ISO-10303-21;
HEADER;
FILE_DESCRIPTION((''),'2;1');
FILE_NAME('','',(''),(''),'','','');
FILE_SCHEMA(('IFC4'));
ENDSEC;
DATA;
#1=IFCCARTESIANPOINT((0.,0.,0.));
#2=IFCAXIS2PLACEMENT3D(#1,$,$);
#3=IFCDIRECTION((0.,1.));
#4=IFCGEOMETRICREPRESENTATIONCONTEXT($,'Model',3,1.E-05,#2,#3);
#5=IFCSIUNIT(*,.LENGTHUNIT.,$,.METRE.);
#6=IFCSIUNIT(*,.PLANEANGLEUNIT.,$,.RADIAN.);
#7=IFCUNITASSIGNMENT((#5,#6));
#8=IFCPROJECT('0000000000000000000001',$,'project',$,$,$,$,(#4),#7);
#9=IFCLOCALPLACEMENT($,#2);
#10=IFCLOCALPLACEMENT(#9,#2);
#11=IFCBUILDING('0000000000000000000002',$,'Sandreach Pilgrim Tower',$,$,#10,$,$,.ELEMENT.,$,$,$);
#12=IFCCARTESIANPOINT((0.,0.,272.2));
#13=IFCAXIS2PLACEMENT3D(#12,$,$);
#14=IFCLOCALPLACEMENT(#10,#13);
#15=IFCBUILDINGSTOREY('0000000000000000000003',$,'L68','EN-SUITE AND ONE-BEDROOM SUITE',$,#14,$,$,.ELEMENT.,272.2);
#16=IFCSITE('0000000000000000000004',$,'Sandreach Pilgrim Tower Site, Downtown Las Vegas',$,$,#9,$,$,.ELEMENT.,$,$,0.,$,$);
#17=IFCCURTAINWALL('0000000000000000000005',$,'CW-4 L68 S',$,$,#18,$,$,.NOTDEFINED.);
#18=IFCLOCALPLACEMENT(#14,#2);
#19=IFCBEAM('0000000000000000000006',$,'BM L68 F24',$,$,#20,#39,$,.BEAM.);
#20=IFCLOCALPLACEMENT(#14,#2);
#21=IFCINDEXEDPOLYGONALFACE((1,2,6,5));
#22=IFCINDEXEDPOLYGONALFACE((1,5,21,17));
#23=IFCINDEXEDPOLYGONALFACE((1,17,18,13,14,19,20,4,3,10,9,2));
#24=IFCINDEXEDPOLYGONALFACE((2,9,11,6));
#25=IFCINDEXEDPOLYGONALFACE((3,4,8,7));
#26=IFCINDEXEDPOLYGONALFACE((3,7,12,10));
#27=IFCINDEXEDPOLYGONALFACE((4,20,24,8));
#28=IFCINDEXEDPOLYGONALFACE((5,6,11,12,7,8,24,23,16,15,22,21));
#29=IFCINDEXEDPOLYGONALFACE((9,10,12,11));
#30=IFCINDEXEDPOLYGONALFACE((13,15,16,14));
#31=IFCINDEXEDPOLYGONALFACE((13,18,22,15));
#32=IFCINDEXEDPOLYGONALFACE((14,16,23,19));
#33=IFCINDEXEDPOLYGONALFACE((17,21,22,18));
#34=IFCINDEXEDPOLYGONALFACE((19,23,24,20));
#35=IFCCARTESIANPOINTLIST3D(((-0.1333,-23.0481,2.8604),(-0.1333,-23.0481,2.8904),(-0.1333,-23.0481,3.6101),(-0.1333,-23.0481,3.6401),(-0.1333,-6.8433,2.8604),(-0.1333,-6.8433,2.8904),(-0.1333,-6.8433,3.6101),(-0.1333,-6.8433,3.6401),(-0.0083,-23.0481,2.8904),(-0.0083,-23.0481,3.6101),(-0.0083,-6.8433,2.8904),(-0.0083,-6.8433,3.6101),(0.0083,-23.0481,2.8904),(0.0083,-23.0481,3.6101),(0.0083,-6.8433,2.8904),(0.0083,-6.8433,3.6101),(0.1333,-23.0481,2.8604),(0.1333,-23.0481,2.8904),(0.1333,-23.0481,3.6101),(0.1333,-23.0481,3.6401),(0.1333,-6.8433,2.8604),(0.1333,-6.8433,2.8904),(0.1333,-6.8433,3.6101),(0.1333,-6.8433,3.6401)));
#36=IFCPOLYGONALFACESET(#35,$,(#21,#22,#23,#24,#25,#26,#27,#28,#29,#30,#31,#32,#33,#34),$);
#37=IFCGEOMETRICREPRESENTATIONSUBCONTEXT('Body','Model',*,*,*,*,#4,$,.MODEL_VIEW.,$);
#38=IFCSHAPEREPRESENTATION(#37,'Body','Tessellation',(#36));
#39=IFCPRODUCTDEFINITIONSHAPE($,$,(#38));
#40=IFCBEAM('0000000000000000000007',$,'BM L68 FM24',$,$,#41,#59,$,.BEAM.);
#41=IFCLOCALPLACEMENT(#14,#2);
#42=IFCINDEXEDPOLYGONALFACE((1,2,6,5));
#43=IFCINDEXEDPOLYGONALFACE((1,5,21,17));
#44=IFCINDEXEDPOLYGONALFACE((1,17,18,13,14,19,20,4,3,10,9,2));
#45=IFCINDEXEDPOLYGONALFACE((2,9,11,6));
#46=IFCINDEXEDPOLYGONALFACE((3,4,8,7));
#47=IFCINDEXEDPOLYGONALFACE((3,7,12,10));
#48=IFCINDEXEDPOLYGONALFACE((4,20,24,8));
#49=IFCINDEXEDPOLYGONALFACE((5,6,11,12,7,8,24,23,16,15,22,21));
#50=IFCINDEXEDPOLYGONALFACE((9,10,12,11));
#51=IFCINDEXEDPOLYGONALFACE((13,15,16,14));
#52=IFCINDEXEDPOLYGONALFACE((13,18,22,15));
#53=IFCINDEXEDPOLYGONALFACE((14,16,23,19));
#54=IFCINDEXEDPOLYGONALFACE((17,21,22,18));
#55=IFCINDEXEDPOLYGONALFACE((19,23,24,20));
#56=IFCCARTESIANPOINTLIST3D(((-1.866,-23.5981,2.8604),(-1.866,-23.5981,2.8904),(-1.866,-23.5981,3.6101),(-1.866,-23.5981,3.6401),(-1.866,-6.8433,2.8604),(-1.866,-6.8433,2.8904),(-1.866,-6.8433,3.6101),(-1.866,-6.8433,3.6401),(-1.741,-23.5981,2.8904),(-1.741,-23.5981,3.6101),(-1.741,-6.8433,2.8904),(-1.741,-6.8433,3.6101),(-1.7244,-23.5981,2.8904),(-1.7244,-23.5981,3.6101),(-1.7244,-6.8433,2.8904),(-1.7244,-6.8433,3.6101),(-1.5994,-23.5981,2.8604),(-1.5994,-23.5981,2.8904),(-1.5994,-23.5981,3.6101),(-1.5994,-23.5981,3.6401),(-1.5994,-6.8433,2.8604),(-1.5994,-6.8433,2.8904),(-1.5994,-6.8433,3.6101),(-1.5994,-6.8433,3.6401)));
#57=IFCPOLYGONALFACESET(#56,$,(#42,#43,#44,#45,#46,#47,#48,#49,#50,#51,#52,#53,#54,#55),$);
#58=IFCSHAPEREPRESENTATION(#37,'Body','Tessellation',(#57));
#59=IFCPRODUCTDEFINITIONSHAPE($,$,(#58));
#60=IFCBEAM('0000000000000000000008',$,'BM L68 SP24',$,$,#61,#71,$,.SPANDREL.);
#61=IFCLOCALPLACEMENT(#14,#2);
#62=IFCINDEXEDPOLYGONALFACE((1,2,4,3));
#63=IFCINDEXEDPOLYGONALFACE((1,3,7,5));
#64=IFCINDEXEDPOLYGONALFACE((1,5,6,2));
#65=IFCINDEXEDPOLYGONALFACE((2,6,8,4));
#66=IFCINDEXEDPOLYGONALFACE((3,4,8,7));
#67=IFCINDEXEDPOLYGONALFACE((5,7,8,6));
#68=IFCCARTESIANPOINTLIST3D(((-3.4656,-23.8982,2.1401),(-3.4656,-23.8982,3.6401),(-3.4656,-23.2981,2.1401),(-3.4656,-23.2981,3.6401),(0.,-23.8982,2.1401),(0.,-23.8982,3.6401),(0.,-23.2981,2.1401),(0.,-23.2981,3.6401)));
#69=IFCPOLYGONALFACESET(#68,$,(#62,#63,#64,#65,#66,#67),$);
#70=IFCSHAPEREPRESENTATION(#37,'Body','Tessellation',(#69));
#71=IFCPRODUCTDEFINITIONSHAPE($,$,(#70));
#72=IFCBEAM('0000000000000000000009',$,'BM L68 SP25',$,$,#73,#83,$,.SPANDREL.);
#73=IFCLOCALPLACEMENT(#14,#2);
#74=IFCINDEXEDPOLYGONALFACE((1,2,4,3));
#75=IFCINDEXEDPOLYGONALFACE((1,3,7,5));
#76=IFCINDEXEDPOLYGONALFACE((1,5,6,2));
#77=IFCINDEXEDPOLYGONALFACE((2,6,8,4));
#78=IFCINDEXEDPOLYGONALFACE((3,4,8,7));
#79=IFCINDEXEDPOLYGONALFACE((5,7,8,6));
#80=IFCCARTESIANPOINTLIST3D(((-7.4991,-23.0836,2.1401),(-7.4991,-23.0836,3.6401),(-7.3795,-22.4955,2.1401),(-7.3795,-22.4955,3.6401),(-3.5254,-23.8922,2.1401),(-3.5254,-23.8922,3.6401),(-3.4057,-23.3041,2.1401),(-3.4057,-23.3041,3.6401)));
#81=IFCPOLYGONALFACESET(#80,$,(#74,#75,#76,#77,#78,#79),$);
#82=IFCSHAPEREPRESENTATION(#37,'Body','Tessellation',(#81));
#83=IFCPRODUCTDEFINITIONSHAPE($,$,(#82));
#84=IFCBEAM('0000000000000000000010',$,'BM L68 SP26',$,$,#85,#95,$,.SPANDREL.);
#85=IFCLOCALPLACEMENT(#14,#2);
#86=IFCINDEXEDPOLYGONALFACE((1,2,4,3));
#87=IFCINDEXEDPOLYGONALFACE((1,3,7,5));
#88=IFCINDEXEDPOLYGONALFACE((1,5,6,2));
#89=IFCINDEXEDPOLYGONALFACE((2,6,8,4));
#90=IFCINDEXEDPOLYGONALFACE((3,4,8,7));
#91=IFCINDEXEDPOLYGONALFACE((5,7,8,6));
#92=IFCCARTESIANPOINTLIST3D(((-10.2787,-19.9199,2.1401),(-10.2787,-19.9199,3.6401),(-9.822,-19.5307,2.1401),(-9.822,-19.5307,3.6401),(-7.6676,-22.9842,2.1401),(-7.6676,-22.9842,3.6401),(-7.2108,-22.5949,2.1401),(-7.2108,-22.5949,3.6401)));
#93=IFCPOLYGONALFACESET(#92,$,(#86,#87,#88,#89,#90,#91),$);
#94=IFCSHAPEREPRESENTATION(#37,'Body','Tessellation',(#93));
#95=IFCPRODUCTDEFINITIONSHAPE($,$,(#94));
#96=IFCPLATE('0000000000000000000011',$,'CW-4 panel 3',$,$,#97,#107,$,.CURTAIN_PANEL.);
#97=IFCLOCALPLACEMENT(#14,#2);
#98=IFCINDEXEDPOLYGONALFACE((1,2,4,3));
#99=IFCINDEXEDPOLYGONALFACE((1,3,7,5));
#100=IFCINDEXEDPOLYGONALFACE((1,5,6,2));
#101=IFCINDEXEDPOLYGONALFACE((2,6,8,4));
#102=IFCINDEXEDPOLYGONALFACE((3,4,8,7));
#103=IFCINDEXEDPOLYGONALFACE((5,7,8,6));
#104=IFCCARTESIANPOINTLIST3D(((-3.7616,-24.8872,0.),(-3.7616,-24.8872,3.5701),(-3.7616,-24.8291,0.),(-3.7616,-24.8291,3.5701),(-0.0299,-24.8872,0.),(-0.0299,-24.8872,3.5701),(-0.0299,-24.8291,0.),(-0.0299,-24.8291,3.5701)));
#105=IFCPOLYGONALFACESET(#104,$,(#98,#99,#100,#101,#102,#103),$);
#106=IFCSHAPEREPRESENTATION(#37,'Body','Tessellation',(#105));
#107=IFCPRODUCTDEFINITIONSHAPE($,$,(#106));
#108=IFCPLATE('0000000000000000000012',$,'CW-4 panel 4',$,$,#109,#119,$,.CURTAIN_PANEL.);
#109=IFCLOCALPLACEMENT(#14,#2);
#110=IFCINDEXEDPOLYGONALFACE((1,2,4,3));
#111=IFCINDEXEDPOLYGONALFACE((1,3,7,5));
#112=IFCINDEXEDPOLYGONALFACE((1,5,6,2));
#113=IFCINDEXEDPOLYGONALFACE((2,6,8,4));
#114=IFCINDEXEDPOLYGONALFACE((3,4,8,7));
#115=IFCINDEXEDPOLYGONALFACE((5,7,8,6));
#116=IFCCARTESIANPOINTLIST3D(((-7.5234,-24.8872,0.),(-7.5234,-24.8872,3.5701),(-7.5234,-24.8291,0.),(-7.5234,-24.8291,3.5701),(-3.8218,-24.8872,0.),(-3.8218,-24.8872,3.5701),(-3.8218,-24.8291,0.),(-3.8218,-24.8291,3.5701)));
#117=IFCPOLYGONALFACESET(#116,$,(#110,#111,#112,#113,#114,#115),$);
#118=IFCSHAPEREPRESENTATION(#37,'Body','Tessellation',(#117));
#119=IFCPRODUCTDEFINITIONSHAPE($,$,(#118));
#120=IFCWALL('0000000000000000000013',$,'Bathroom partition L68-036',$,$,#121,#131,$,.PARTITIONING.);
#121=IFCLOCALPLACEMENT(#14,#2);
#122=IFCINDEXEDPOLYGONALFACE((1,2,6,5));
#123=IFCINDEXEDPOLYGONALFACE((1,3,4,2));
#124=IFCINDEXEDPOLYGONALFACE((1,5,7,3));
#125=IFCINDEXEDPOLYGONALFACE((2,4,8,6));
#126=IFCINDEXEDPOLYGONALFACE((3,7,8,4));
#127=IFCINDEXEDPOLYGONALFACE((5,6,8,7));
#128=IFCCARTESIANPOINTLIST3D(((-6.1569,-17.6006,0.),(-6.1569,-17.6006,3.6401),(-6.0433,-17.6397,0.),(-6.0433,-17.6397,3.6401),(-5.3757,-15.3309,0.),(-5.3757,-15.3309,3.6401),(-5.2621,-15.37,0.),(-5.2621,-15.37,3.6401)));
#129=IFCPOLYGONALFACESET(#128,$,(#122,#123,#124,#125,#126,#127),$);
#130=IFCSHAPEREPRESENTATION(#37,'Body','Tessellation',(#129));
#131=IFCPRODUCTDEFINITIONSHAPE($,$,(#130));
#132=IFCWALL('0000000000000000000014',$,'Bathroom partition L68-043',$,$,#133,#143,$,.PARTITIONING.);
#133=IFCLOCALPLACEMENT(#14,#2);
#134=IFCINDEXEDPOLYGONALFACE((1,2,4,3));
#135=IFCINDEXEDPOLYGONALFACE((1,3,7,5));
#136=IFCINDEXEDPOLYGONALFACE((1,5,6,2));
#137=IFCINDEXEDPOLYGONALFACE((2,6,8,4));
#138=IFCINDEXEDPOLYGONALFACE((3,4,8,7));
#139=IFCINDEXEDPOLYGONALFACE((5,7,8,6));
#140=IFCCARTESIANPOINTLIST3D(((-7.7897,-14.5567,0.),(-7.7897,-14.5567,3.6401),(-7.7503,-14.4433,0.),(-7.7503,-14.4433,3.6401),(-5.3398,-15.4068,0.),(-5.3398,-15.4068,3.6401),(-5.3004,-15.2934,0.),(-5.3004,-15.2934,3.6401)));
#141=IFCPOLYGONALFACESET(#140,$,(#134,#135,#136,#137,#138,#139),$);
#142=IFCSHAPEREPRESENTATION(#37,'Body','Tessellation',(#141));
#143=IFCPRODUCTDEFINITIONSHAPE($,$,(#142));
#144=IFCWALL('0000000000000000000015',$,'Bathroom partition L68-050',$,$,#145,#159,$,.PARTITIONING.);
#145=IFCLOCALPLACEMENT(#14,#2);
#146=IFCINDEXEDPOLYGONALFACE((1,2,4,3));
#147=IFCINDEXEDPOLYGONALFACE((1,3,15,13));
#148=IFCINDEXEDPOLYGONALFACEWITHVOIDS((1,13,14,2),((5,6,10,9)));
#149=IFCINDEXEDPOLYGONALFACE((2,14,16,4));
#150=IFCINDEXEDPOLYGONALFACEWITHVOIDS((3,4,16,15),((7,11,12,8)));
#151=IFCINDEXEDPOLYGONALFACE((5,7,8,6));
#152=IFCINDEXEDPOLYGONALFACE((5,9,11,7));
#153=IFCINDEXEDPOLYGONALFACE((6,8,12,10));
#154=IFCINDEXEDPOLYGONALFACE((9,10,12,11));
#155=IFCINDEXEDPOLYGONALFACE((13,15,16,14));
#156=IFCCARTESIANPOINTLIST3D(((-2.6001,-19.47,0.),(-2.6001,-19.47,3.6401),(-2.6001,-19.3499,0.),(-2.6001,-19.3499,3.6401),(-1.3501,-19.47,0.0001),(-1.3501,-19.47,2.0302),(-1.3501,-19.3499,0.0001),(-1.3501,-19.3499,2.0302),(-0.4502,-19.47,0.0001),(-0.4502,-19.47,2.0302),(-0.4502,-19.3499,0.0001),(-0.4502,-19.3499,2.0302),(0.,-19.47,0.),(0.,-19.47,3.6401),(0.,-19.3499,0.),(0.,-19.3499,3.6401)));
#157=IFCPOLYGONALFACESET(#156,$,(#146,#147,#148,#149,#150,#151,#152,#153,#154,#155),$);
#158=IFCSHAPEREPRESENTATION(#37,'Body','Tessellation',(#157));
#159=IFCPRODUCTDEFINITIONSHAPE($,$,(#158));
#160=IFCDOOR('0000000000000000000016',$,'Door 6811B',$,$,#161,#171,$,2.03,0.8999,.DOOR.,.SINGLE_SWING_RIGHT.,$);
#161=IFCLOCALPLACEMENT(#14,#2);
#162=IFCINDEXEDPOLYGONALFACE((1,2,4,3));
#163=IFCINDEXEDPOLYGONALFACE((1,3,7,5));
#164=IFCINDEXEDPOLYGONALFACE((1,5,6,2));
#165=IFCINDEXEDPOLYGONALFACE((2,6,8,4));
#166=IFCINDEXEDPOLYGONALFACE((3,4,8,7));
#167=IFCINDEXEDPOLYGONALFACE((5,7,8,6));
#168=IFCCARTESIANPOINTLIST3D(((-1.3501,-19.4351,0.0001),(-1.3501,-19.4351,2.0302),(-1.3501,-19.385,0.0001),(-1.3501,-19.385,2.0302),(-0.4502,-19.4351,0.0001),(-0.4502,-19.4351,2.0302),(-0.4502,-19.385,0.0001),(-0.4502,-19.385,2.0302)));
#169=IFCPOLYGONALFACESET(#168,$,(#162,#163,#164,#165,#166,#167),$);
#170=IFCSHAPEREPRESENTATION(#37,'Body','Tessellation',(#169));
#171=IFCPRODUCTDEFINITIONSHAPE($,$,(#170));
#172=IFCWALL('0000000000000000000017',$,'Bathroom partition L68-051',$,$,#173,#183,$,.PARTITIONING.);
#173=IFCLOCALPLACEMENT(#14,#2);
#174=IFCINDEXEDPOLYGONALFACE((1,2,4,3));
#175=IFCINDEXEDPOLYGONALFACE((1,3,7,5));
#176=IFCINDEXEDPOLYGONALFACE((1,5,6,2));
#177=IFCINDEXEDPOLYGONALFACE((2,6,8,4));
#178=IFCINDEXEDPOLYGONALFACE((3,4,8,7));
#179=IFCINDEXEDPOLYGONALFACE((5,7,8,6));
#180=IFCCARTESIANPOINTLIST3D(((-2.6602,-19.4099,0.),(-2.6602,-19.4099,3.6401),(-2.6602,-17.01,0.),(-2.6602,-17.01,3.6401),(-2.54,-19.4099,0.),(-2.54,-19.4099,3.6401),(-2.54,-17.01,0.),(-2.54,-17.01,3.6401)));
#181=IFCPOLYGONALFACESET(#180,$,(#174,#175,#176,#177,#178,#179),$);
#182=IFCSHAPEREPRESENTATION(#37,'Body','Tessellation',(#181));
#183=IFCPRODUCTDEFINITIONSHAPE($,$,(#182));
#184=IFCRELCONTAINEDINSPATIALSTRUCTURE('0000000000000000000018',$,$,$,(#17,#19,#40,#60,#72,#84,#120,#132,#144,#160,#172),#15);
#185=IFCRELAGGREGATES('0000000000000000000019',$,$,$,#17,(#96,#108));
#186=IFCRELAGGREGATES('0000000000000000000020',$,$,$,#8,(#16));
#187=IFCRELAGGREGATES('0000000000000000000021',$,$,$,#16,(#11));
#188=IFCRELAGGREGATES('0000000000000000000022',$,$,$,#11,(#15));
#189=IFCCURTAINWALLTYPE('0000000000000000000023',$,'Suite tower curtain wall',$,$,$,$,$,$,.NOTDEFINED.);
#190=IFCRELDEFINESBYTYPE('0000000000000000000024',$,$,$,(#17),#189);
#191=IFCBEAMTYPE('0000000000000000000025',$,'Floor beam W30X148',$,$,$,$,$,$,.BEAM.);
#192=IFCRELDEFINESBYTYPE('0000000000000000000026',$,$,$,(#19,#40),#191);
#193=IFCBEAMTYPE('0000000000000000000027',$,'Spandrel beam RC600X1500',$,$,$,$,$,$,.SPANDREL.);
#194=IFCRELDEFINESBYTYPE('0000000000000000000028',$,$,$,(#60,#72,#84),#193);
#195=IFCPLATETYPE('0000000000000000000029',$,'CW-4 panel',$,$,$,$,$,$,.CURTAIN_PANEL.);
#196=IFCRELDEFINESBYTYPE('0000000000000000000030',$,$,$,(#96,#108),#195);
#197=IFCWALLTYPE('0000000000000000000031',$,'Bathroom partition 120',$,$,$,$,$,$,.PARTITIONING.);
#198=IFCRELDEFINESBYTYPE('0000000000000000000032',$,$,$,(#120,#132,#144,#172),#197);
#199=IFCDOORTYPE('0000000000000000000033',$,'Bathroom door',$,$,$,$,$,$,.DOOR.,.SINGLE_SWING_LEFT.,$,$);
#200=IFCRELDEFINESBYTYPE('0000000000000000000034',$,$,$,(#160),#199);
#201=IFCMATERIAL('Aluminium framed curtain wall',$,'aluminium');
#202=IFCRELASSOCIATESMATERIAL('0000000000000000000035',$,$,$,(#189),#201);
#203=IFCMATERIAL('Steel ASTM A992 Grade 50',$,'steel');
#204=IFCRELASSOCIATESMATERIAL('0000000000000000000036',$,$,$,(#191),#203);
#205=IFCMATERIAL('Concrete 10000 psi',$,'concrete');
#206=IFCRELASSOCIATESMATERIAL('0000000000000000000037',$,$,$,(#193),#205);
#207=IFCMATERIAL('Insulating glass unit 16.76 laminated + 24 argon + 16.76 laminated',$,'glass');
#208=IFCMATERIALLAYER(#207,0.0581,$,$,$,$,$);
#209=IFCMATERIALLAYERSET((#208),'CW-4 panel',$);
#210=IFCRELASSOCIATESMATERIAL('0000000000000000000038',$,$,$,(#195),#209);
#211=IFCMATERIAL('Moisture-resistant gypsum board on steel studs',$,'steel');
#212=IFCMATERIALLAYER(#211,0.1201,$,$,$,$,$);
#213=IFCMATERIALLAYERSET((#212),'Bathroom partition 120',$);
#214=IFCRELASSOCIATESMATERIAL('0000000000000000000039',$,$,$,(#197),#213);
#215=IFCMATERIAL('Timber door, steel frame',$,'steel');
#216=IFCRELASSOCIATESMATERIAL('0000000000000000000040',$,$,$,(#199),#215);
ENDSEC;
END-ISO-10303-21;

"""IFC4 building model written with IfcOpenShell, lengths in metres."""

from ifc_helpers import new_model, si_unit, direction, frame, frame_2d, origin, origin_2d, place, context, subcontext, project, spatial, rectangle, i_section, extrude, material, layer, layer_set, material_profile, profile_set, type_object, element, fill, aggregate, save


model = new_model("IFC4")

# Units and contexts
model_context = context("Model", 3, precision=1e-05, world=origin(), true_north=direction((0.0, 1.0)))
body_context = subcontext(model_context, "Body", "Model", "MODEL_VIEW")
ifc_project = project(units=[si_unit("LENGTHUNIT", "METRE"), si_unit("PLANEANGLEUNIT", "RADIAN")], contexts=[model_context])

# Site, building, storey
site_placement = place(None, origin())
site = spatial("IfcSite", under=ifc_project, at=site_placement, Name="Sandreach Pilgrim Tower Site, Downtown Las Vegas", CompositionType="ELEMENT", RefElevation=0.0)
building_placement = place(site_placement, origin())
building = spatial("IfcBuilding", under=site, at=building_placement, Name="Sandreach Pilgrim Tower", CompositionType="ELEMENT")
storey_placement = place(building_placement, frame((0.0, 0.0, 272.2)))
storey = spatial("IfcBuildingStorey", under=building, at=storey_placement, Name="L68", Description="EN-SUITE AND ONE-BEDROOM SUITE", CompositionType="ELEMENT", Elevation=272.2)

# Curtain wall
ifc_material_1 = material(Name="Aluminium framed curtain wall", Category="aluminium")
curtain_wall_type = type_object("IfcCurtainWallType", Name="Suite tower curtain wall", PredefinedType="NOTDEFINED", material=ifc_material_1)
curtain_wall_placement = place(storey_placement, origin())
curtain_wall = element("IfcCurtainWall", 1, at=curtain_wall_placement, inside=storey, type_object=curtain_wall_type, Name="CW-4 L68 S", PredefinedType="NOTDEFINED")

# Beams
ifc_material_2 = material(Name="Steel ASTM A992 Grade 50", Category="steel")
ifc_material_profile_1 = material_profile(ifc_material_2, i_section(OverallWidth=0.2666, OverallDepth=0.7798, WebThickness=0.0166, FlangeThickness=0.03, at=origin_2d()), Name="W30X148")
ifc_profile_set_1 = profile_set([ifc_material_profile_1], Name="Steel ASTM A992 Grade 50")
beam_type_1 = type_object("IfcBeamType", Name="Floor beam W30X148", PredefinedType="BEAM", material=ifc_profile_set_1)
beam_1_placement = place(storey_placement, frame((0.0, -23.0481, 3.2502), z_axis=(0.0, 1.0, 0.0), x_axis=(-1.0, 0.0, 0.0)))
element("IfcBeam", 2, at=beam_1_placement, inside=storey, type_object=beam_type_1, Name="BM L68 F24", PredefinedType="BEAM", context=body_context, shape_type="SweptSolid", body=[
    extrude(i_section(OverallWidth=0.2666, OverallDepth=0.7798, WebThickness=0.0166, FlangeThickness=0.03, at=origin_2d()), origin(), (0.0, 0.0, 1.0), 16.2048),
])
beam_2_placement = place(storey_placement, frame((-1.7327, -23.5981, 3.2502), z_axis=(0.0, 1.0, 0.0), x_axis=(-1.0, 0.0, 0.0)))
element("IfcBeam", 3, at=beam_2_placement, inside=storey, type_object=beam_type_1, Name="BM L68 FM24", PredefinedType="BEAM", context=body_context, shape_type="SweptSolid", body=[
    extrude(i_section(OverallWidth=0.2666, OverallDepth=0.7798, WebThickness=0.0166, FlangeThickness=0.03, at=origin_2d()), origin(), (0.0, 0.0, 1.0), 16.7549),
])
ifc_material_3 = material(Name="Concrete 10000 psi", Category="concrete")
ifc_material_profile_2 = material_profile(ifc_material_3, rectangle(XDim=0.6001, YDim=1.5, at=origin_2d()), Name="RC600X1500")
ifc_profile_set_2 = profile_set([ifc_material_profile_2], Name="Concrete 10000 psi")
beam_type_2 = type_object("IfcBeamType", Name="Spandrel beam RC600X1500", PredefinedType="SPANDREL", material=ifc_profile_set_2)
beam_3_placement = place(storey_placement, frame((0.0, -23.5981, 2.8901), z_axis=(-1.0, 0.0, 0.0), x_axis=(0.0, -1.0, 0.0)))
element("IfcBeam", 4, at=beam_3_placement, inside=storey, type_object=beam_type_2, Name="BM L68 SP24", PredefinedType="SPANDREL", context=body_context, shape_type="SweptSolid", body=[
    extrude(rectangle(XDim=0.6001, YDim=1.5, at=origin_2d()), origin(), (0.0, 0.0, 1.0), 3.4656),
])
beam_4_placement = place(storey_placement, frame((-3.4656, -23.5981, 2.8901), z_axis=(-0.979918, 0.199403, 0.0), x_axis=(-0.199403, -0.979918, 0.0)))
element("IfcBeam", 5, at=beam_4_placement, inside=storey, type_object=beam_type_2, Name="BM L68 SP25", PredefinedType="SPANDREL", context=body_context, shape_type="SweptSolid", body=[
    extrude(rectangle(XDim=0.6001, YDim=1.5, at=origin_2d()), origin(), (0.0, 0.0, 1.0), 4.0552),
])
beam_5_placement = place(storey_placement, frame((-7.4392, -22.7896, 2.8901), z_axis=(-0.648586, 0.761141, 0.0), x_axis=(-0.761141, -0.648586, 0.0)))
element("IfcBeam", 6, at=beam_5_placement, inside=storey, type_object=beam_type_2, Name="BM L68 SP26", PredefinedType="SPANDREL", context=body_context, shape_type="SweptSolid", body=[
    extrude(rectangle(XDim=0.6001, YDim=1.5, at=origin_2d()), origin(), (0.0, 0.0, 1.0), 4.0259),
])

# Plates
ifc_material_4 = material(Name="Insulating glass unit 16.76 laminated + 24 argon + 16.76 laminated", Category="glass")
ifc_layer_1 = layer(ifc_material_4, 0.0581)
ifc_layer_set_1 = layer_set([ifc_layer_1], Name="CW-4 panel")
plate_type = type_object("IfcPlateType", Name="CW-4 panel", PredefinedType="CURTAIN_PANEL", material=ifc_layer_set_1)
plate_1_placement = place(storey_placement, frame((-1.8958, -24.8582, 0.0), z_axis=(0.0, 0.0, 1.0), x_axis=(-1.0, 0.0, 0.0)))
plate_1 = element("IfcPlate", 7, at=plate_1_placement, type_object=plate_type, Name="CW-4 panel 3", PredefinedType="CURTAIN_PANEL", context=body_context, shape_type="SweptSolid", body=[
    extrude(rectangle(XDim=3.7317, YDim=0.0581, at=origin_2d()), origin(), (0.0, 0.0, 1.0), 3.5701),
])
plate_2_placement = place(storey_placement, frame((-5.6726, -24.8582, 0.0), z_axis=(0.0, 0.0, 1.0), x_axis=(-1.0, 0.0, 0.0)))
plate_2 = element("IfcPlate", 8, at=plate_2_placement, type_object=plate_type, Name="CW-4 panel 4", PredefinedType="CURTAIN_PANEL", context=body_context, shape_type="SweptSolid", body=[
    extrude(rectangle(XDim=3.7017, YDim=0.0581, at=origin_2d()), origin(), (0.0, 0.0, 1.0), 3.5701),
])
aggregate(curtain_wall, [plate_1, plate_2])

# Walls
ifc_material_5 = material(Name="Moisture-resistant gypsum board on steel studs", Category="steel")
ifc_layer_2 = layer(ifc_material_5, 0.1201)
ifc_layer_set_2 = layer_set([ifc_layer_2], Name="Bathroom partition 120")
wall_type_1 = type_object("IfcWallType", Name="Bathroom partition 120", PredefinedType="PARTITIONING", material=ifc_layer_set_2)
wall_1_placement = place(storey_placement, frame((-6.1001, -17.6201, 0.0), z_axis=(0.0, 0.0, 1.0), x_axis=(0.325458, 0.945557, 0.0)))
element("IfcWall", 9, at=wall_1_placement, inside=storey, type_object=wall_type_1, Name="Bathroom partition L68-036", PredefinedType="PARTITIONING", context=body_context, shape_type="SweptSolid", body=[
    extrude(rectangle(XDim=2.4004, YDim=0.1201, at=frame_2d((1.2002, 0.0))), origin(), (0.0, 0.0, 1.0), 3.6401),
])
wall_2_placement = place(storey_placement, frame((-5.3201, -15.3501, 0.0), z_axis=(0.0, 0.0, 1.0), x_axis=(-0.944743, 0.327812, 0.0)))
element("IfcWall", 10, at=wall_2_placement, inside=storey, type_object=wall_type_1, Name="Bathroom partition L68-043", PredefinedType="PARTITIONING", context=body_context, shape_type="SweptSolid", body=[
    extrude(rectangle(XDim=2.5933, YDim=0.1201, at=frame_2d((1.2966, 0.0))), origin(), (0.0, 0.0, 1.0), 3.6401),
])

# Wall, opening, door
wall_3_placement = place(storey_placement, frame((-2.6001, -19.4099, 0.0), z_axis=(0.0, 0.0, 1.0), x_axis=(1.0, 0.0, 0.0)))
wall_3 = element("IfcWall", 11, at=wall_3_placement, inside=storey, type_object=wall_type_1, Name="Bathroom partition L68-050", PredefinedType="PARTITIONING", context=body_context, shape_type="SweptSolid", body=[
    extrude(rectangle(XDim=2.6001, YDim=0.1201, at=frame_2d((1.3, 0.0))), origin(), (0.0, 0.0, 1.0), 3.6401),
])
opening_1_placement = place(wall_3_placement, frame((1.25, 0.0, 0.0)))
opening_1 = element("IfcOpeningElement", 12, at=opening_1_placement, cuts=wall_3, PredefinedType="OPENING", context=body_context, shape_type="SweptSolid", body=[
    extrude(rectangle(XDim=0.8999, YDim=2.03, at=frame_2d((0.45, 1.0151))), frame((0.0, 0.0601, 0.0), z_axis=(0.0, -1.0, 0.0), x_axis=(1.0, 0.0, 0.0)), (0.0, 0.0, 1.0), 0.1201),
])
ifc_material_6 = material(Name="Timber door, steel frame", Category="steel")
door_type_1 = type_object("IfcDoorType", Name="Bathroom door", OperationType="SINGLE_SWING_LEFT", PredefinedType="DOOR", material=ifc_material_6)
door_1_placement = place(opening_1_placement, origin())
door_1 = element("IfcDoor", 13, at=door_1_placement, inside=storey, type_object=door_type_1, Name="Door 6811B", OperationType="SINGLE_SWING_RIGHT", OverallHeight=2.03, OverallWidth=0.8999, PredefinedType="DOOR", context=body_context, shape_type="SweptSolid", body=[
    extrude(rectangle(XDim=0.8999, YDim=2.03, at=frame_2d((0.45, 1.0151))), frame((0.0, 0.0249, 0.0), z_axis=(0.0, -1.0, 0.0), x_axis=(1.0, 0.0, 0.0)), (0.0, 0.0, 1.0), 0.05),
])
fill(opening_1, door_1)

# Wall
wall_4_placement = place(storey_placement, frame((-2.6001, -17.01, 0.0), z_axis=(0.0, 0.0, 1.0), x_axis=(0.0, -1.0, 0.0)))
element("IfcWall", 14, at=wall_4_placement, inside=storey, type_object=wall_type_1, Name="Bathroom partition L68-051", PredefinedType="PARTITIONING", context=body_context, shape_type="SweptSolid", body=[
    extrude(rectangle(XDim=2.3999, YDim=0.1201, at=frame_2d((1.2, 0.0))), origin(), (0.0, 0.0, 1.0), 3.6401),
])

save(model, "model.ifc")
